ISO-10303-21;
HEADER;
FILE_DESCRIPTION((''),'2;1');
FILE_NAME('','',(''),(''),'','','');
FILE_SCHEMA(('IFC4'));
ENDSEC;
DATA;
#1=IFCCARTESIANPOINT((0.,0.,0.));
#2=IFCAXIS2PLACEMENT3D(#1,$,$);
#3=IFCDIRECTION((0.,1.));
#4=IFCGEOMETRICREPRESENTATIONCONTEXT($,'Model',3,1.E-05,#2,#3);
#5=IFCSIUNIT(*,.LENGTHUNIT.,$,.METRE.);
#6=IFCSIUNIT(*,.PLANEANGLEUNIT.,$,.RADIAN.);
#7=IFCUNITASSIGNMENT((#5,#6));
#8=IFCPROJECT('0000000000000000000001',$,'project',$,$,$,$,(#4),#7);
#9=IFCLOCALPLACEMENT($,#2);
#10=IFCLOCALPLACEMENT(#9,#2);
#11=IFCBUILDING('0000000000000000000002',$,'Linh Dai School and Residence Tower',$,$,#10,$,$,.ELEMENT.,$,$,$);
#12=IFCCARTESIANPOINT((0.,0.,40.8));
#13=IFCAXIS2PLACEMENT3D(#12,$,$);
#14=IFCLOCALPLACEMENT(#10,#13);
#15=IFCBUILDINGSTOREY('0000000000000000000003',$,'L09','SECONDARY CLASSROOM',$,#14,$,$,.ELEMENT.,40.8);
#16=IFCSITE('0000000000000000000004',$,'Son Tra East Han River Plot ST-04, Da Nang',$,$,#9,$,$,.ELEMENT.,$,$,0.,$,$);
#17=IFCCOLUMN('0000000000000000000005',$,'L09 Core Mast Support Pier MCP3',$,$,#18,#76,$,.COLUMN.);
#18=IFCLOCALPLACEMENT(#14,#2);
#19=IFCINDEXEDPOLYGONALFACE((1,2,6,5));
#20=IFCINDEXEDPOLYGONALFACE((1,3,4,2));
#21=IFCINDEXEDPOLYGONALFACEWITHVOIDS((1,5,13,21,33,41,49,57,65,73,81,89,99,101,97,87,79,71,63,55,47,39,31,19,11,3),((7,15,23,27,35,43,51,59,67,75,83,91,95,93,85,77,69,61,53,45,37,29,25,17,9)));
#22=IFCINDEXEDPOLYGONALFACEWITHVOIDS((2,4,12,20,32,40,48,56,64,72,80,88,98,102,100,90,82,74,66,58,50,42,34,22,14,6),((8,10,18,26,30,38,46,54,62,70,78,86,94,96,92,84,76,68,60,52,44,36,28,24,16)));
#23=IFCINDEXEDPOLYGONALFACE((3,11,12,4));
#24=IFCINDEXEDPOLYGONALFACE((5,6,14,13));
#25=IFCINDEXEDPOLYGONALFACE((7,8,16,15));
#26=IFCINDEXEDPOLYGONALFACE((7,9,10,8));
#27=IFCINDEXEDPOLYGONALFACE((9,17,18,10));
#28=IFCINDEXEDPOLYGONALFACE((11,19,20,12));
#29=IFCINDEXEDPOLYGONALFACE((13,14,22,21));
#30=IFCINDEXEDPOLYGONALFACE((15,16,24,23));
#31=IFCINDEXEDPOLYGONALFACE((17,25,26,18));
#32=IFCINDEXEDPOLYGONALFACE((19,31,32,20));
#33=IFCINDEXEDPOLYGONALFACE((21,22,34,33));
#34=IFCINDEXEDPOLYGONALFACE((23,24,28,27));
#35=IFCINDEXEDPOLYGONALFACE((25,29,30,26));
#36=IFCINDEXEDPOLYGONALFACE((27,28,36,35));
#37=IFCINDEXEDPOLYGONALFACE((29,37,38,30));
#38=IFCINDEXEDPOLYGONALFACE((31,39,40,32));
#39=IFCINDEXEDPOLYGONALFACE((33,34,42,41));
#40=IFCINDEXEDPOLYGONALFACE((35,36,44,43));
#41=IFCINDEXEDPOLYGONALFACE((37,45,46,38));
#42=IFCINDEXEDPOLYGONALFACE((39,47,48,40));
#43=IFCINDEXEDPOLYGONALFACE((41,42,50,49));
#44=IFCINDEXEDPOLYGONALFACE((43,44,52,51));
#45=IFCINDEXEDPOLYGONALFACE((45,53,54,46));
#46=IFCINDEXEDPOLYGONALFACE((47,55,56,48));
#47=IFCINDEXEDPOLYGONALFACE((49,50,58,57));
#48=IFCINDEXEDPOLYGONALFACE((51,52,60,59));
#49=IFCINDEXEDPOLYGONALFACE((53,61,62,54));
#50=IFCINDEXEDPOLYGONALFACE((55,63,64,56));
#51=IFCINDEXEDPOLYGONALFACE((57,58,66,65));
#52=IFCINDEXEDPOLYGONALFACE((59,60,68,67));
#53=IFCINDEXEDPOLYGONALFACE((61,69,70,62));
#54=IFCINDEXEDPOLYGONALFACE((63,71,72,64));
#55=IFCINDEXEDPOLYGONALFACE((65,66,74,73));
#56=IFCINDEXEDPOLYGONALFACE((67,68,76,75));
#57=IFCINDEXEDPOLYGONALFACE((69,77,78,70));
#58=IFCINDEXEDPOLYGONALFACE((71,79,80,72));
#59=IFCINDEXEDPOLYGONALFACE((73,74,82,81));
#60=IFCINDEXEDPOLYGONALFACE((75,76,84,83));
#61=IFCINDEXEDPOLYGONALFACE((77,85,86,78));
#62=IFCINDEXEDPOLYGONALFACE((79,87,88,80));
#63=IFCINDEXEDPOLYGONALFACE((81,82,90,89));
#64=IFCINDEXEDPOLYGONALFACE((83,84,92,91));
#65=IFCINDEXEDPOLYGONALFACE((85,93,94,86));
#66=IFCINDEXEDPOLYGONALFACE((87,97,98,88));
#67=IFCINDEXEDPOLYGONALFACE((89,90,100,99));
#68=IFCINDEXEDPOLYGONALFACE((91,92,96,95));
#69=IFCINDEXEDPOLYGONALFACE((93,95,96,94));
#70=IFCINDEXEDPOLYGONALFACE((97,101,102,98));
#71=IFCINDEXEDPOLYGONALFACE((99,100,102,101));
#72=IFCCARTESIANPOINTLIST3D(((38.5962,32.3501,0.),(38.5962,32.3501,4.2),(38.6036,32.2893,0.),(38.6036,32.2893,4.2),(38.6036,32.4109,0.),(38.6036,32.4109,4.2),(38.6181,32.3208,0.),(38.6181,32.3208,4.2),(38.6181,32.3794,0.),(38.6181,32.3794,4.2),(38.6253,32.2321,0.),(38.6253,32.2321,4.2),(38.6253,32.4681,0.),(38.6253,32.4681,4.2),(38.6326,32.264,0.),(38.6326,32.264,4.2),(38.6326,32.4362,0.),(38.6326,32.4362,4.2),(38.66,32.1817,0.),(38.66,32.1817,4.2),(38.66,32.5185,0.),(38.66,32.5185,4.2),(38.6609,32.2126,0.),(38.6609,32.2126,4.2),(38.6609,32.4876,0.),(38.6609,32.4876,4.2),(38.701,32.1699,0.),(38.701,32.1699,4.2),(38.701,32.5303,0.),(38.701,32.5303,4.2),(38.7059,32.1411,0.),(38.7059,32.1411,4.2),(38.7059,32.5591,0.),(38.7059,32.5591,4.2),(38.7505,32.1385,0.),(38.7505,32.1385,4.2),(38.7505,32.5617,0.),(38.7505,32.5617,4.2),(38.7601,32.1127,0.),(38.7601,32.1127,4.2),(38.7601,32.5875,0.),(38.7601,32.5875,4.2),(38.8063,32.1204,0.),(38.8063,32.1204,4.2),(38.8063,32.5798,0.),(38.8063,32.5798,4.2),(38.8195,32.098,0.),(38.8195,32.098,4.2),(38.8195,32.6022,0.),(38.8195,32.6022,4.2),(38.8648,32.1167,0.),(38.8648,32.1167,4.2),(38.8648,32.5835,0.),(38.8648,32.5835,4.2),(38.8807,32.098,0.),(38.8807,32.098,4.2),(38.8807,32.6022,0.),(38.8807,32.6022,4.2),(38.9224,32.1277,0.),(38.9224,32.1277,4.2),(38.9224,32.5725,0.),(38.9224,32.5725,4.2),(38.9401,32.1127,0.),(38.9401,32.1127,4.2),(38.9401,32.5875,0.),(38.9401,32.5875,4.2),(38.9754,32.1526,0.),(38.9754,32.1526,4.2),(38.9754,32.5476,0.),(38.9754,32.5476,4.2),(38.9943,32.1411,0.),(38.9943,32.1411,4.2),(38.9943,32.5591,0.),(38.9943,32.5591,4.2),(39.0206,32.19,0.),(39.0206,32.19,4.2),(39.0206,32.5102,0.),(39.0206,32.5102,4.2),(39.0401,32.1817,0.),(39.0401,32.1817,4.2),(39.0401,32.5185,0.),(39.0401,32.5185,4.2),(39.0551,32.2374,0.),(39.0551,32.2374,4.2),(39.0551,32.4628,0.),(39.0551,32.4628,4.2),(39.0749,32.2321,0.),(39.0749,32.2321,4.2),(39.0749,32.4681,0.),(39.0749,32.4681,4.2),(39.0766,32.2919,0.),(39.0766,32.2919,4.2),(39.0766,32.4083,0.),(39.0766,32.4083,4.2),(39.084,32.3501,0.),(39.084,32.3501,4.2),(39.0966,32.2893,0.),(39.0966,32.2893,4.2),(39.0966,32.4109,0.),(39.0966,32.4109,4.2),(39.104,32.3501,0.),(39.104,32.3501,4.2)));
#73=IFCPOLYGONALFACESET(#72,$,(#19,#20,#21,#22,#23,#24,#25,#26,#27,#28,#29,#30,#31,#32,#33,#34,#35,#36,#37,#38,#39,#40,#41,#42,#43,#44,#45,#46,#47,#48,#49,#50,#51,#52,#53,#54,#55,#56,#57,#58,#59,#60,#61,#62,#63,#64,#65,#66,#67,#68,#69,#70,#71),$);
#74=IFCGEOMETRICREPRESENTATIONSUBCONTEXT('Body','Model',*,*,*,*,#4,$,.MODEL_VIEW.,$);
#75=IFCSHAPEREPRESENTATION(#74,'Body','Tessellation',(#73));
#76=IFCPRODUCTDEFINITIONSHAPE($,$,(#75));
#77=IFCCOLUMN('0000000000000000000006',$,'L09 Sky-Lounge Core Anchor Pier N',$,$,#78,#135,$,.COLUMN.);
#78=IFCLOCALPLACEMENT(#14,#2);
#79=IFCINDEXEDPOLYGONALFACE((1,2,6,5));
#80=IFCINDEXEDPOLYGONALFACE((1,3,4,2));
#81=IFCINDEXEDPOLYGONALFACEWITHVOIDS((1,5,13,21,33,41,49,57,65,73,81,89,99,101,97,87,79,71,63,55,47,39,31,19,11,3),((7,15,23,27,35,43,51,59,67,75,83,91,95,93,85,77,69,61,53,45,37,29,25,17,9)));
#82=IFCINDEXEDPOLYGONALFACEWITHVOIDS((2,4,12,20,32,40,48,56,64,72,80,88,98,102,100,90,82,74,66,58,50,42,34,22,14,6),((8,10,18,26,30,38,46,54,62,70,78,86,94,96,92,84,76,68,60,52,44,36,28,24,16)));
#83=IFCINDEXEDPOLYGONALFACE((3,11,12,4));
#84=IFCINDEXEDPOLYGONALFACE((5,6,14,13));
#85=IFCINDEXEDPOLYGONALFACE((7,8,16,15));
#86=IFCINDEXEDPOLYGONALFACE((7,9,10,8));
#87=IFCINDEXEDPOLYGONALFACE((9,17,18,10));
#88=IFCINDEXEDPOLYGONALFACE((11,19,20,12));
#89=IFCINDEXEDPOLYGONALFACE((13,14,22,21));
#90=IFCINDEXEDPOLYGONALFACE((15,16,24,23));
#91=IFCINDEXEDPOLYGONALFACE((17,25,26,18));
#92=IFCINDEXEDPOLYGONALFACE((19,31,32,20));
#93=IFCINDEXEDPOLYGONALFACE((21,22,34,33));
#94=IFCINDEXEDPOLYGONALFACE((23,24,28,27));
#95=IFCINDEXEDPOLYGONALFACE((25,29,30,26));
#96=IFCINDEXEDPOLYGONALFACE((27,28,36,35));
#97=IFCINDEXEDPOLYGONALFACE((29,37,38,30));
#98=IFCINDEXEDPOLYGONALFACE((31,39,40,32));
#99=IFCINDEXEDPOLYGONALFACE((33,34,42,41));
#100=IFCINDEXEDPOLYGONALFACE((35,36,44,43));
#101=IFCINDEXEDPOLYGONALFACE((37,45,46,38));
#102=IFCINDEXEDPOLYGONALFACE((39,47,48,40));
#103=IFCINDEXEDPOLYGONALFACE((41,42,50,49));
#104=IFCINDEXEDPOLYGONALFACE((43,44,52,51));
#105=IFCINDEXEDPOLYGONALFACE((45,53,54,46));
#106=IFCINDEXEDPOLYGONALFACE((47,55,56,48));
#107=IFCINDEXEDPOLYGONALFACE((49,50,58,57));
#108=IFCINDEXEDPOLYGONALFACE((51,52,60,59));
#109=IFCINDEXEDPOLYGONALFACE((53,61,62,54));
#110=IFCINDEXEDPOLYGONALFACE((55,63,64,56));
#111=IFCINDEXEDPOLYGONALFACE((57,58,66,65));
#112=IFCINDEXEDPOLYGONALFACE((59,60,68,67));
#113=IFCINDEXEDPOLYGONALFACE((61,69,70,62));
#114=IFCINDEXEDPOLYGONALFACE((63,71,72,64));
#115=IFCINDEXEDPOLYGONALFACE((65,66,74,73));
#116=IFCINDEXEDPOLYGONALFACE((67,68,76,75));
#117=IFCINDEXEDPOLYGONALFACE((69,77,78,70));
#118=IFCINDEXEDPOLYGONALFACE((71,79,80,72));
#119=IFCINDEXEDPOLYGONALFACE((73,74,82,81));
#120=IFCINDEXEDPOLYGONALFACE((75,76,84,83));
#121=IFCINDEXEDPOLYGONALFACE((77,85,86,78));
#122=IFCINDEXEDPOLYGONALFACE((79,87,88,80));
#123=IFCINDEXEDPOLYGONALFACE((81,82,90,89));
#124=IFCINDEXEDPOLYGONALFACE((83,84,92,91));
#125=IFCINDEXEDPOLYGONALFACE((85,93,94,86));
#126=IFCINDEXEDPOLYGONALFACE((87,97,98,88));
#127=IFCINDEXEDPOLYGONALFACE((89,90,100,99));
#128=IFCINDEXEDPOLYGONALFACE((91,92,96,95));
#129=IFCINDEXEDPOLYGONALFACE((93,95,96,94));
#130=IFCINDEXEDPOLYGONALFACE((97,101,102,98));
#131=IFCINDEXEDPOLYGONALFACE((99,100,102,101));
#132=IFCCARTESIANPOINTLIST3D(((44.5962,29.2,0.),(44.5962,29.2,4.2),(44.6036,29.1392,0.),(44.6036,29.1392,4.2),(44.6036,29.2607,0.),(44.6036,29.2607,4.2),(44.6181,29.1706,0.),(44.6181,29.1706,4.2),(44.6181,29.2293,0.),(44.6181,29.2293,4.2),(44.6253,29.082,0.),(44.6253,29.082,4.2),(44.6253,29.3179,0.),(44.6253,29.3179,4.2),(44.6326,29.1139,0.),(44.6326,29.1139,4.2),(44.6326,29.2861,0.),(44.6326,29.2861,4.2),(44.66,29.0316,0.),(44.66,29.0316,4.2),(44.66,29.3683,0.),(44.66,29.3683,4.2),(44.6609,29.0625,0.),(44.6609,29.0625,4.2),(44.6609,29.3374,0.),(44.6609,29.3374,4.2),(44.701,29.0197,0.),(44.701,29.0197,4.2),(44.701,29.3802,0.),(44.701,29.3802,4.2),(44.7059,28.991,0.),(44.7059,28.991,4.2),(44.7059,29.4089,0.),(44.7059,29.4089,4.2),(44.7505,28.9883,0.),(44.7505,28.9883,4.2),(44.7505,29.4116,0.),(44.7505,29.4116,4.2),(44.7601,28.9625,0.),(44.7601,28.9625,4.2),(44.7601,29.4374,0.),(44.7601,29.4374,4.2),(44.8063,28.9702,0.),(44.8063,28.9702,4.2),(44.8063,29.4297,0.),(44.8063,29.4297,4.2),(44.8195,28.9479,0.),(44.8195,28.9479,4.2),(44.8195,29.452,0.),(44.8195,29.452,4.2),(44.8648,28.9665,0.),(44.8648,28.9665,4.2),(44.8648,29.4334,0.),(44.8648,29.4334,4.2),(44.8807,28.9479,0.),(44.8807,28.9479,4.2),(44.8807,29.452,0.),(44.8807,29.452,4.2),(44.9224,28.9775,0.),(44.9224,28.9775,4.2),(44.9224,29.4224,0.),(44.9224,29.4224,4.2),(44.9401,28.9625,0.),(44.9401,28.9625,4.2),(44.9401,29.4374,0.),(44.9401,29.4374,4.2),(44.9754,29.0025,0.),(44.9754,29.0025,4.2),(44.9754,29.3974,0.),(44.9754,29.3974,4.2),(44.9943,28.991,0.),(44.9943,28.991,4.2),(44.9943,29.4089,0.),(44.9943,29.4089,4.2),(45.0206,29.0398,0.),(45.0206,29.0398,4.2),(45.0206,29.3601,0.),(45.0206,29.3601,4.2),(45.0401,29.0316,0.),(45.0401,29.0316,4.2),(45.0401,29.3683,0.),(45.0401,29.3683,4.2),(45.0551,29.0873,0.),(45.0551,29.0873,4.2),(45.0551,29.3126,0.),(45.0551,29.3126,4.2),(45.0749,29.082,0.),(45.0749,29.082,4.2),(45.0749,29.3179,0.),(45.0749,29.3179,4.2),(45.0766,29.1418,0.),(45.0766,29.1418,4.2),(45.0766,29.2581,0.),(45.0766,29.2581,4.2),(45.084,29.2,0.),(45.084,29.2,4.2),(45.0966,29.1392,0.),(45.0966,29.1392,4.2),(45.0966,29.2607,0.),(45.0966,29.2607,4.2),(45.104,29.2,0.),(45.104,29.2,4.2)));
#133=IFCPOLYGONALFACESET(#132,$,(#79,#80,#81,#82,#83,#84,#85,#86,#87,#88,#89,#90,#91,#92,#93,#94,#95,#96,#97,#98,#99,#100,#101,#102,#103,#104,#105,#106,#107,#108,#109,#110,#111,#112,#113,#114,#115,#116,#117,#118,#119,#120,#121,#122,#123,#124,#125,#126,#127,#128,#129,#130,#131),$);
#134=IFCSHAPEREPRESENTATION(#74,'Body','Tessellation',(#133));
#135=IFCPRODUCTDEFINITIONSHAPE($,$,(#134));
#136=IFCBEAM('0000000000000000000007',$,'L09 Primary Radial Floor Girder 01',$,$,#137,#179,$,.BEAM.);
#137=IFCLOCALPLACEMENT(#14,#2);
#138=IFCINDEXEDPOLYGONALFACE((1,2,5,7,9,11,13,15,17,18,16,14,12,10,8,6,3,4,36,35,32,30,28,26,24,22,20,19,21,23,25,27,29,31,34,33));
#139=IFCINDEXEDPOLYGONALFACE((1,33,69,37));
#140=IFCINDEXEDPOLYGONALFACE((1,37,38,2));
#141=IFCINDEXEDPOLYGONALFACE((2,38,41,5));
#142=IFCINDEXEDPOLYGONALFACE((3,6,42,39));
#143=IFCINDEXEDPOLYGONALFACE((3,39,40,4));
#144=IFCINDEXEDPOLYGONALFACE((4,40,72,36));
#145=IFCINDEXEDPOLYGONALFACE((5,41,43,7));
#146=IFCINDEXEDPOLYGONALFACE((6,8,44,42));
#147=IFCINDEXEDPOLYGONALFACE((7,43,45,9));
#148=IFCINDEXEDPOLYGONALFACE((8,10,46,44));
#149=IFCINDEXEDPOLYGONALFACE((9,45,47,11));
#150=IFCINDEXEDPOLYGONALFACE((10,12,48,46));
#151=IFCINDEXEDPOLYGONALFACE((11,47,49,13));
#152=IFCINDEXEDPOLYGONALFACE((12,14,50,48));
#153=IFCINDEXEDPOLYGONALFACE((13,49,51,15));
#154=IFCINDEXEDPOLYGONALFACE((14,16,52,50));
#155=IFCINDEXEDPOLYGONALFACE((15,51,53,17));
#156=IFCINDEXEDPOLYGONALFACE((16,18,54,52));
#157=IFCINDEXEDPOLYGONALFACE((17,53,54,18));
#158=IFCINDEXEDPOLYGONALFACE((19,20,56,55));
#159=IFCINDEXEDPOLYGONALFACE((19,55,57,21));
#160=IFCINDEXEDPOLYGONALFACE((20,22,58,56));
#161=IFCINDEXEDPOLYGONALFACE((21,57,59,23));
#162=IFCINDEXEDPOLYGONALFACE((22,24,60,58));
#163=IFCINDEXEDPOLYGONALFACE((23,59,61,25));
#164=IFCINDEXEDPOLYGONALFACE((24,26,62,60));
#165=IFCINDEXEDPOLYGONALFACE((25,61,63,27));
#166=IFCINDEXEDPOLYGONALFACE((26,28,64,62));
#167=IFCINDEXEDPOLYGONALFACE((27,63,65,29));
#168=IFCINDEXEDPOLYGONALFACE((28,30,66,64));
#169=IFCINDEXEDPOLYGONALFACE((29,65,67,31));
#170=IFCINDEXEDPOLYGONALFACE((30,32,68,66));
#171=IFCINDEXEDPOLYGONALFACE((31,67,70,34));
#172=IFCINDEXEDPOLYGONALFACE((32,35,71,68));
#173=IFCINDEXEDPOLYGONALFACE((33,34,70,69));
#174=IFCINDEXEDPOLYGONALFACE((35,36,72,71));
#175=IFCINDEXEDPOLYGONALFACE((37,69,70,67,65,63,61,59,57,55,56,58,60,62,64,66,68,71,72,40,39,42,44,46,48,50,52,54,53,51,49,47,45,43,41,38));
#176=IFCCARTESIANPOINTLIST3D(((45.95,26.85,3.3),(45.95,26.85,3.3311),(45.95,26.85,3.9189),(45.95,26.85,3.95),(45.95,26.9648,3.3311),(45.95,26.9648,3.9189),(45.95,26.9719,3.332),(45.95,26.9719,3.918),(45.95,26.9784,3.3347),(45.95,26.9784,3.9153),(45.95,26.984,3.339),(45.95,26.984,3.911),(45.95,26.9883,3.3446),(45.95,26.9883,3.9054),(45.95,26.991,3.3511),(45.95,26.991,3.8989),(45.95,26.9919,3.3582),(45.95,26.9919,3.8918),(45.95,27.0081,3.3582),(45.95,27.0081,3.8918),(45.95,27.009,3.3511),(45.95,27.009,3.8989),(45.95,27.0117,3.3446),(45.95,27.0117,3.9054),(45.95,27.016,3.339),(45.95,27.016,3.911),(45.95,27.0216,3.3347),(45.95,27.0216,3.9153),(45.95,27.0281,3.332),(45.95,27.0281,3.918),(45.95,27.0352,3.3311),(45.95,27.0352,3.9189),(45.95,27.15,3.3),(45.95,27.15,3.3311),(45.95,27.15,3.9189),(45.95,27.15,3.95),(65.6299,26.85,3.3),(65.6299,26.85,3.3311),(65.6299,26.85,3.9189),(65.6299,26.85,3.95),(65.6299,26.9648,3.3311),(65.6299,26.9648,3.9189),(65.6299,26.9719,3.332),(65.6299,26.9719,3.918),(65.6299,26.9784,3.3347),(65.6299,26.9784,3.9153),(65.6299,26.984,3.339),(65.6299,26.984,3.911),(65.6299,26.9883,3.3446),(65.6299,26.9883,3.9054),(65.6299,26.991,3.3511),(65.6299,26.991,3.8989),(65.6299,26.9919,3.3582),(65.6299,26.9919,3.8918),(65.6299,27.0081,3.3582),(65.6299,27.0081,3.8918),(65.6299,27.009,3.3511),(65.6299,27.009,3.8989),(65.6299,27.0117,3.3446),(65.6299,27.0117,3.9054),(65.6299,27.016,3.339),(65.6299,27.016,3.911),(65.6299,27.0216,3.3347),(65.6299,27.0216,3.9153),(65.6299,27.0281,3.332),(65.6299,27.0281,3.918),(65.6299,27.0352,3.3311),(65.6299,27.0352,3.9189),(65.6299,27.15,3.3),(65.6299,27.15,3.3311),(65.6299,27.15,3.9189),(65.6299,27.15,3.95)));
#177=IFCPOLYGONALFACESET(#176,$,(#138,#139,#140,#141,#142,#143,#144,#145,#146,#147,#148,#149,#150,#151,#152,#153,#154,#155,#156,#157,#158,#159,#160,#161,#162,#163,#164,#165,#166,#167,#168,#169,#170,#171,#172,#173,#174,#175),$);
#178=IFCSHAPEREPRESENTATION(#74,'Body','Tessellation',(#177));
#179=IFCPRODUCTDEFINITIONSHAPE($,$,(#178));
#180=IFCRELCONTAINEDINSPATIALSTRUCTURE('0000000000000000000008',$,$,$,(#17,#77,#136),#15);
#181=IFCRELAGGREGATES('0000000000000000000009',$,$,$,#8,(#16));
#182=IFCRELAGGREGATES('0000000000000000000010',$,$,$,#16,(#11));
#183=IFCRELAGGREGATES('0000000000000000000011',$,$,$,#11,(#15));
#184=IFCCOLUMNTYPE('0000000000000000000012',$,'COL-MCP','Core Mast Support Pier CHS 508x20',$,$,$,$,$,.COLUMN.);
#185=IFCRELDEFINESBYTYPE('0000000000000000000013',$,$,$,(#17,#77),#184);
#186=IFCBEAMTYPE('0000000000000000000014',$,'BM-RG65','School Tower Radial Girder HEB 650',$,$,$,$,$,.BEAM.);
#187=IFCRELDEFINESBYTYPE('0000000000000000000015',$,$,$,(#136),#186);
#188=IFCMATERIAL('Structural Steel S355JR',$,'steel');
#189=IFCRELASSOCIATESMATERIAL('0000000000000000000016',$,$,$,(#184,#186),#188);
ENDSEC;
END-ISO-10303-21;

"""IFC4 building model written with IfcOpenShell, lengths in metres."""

from ifc_helpers import new_model, si_unit, direction, frame, origin, origin_2d, place, context, subcontext, project, spatial, hollow_circle, i_section, extrude, material, material_profile, profile_set, type_object, element, save


model = new_model("IFC4")

# Units and contexts
model_context = context("Model", 3, precision=1e-05, world=origin(), true_north=direction((0.0, 1.0)))
body_context = subcontext(model_context, "Body", "Model", "MODEL_VIEW")
ifc_project = project(units=[si_unit("LENGTHUNIT", "METRE"), si_unit("PLANEANGLEUNIT", "RADIAN")], contexts=[model_context])

# Site, building, storey
site_placement = place(None, origin())
site = spatial("IfcSite", under=ifc_project, at=site_placement, Name="Son Tra East Han River Plot ST-04, Da Nang", CompositionType="ELEMENT", RefElevation=0.0)
building_placement = place(site_placement, origin())
building = spatial("IfcBuilding", under=site, at=building_placement, Name="Linh Dai School and Residence Tower", CompositionType="ELEMENT")
storey_placement = place(building_placement, frame((0.0, 0.0, 40.8)))
storey = spatial("IfcBuildingStorey", under=building, at=storey_placement, Name="L09", Description="SECONDARY CLASSROOM", CompositionType="ELEMENT", Elevation=40.8)

# Columns
ifc_material_1 = material(Name="Structural Steel S355JR", Category="steel")
ifc_material_profile_1 = material_profile(ifc_material_1, hollow_circle(Radius=0.2539, WallThickness=0.02, at=origin_2d()), Name="CHS 508x20")
ifc_profile_set_1 = profile_set([ifc_material_profile_1], Name="Structural Steel S355JR")
column_type_1 = type_object("IfcColumnType", Name="COL-MCP", Description="Core Mast Support Pier CHS 508x20", PredefinedType="COLUMN", material=ifc_profile_set_1)
for number, where, z_axis, x_axis, name in (
    (1, (38.8501, 32.3501, 0.0), (0.0, 0.0, 1.0), (1.0, 0.0, 0.0), "L09 Core Mast Support Pier MCP3"),
    (2, (44.8501, 29.2, 0.0), (0.0, 0.0, 1.0), (1.0, 0.0, 0.0), "L09 Sky-Lounge Core Anchor Pier N"),
):
    element("IfcColumn", number, at=place(storey_placement, frame(where, z_axis=z_axis, x_axis=x_axis)), inside=storey, type_object=column_type_1, Name=name, PredefinedType="COLUMN", context=body_context, shape_type="SweptSolid", body=[
        extrude(hollow_circle(Radius=0.2539, WallThickness=0.02, at=origin_2d()), origin(), (0.0, 0.0, 1.0), 4.2),
    ])

# Beam
ifc_material_profile_2 = material_profile(ifc_material_1, i_section(OverallWidth=0.3, OverallDepth=0.6499, WebThickness=0.0161, FlangeThickness=0.031, FilletRadius=0.0271, at=origin_2d()), Name="HEB 650")
ifc_profile_set_2 = profile_set([ifc_material_profile_2], Name="Structural Steel S355JR")
beam_type_1 = type_object("IfcBeamType", Name="BM-RG65", Description="School Tower Radial Girder HEB 650", PredefinedType="BEAM", material=ifc_profile_set_2)
beam_1_placement = place(storey_placement, frame((45.95, 27.0, 3.625), z_axis=(1.0, 0.0, 0.0), x_axis=(0.0, 1.0, 0.0)))
element("IfcBeam", 3, at=beam_1_placement, inside=storey, type_object=beam_type_1, Name="L09 Primary Radial Floor Girder 01", PredefinedType="BEAM", context=body_context, shape_type="SweptSolid", body=[
    extrude(i_section(OverallWidth=0.3, OverallDepth=0.6499, WebThickness=0.0161, FlangeThickness=0.031, FilletRadius=0.0271, at=origin_2d()), origin(), (0.0, 0.0, 1.0), 19.6799),
])

save(model, "model.ifc")
